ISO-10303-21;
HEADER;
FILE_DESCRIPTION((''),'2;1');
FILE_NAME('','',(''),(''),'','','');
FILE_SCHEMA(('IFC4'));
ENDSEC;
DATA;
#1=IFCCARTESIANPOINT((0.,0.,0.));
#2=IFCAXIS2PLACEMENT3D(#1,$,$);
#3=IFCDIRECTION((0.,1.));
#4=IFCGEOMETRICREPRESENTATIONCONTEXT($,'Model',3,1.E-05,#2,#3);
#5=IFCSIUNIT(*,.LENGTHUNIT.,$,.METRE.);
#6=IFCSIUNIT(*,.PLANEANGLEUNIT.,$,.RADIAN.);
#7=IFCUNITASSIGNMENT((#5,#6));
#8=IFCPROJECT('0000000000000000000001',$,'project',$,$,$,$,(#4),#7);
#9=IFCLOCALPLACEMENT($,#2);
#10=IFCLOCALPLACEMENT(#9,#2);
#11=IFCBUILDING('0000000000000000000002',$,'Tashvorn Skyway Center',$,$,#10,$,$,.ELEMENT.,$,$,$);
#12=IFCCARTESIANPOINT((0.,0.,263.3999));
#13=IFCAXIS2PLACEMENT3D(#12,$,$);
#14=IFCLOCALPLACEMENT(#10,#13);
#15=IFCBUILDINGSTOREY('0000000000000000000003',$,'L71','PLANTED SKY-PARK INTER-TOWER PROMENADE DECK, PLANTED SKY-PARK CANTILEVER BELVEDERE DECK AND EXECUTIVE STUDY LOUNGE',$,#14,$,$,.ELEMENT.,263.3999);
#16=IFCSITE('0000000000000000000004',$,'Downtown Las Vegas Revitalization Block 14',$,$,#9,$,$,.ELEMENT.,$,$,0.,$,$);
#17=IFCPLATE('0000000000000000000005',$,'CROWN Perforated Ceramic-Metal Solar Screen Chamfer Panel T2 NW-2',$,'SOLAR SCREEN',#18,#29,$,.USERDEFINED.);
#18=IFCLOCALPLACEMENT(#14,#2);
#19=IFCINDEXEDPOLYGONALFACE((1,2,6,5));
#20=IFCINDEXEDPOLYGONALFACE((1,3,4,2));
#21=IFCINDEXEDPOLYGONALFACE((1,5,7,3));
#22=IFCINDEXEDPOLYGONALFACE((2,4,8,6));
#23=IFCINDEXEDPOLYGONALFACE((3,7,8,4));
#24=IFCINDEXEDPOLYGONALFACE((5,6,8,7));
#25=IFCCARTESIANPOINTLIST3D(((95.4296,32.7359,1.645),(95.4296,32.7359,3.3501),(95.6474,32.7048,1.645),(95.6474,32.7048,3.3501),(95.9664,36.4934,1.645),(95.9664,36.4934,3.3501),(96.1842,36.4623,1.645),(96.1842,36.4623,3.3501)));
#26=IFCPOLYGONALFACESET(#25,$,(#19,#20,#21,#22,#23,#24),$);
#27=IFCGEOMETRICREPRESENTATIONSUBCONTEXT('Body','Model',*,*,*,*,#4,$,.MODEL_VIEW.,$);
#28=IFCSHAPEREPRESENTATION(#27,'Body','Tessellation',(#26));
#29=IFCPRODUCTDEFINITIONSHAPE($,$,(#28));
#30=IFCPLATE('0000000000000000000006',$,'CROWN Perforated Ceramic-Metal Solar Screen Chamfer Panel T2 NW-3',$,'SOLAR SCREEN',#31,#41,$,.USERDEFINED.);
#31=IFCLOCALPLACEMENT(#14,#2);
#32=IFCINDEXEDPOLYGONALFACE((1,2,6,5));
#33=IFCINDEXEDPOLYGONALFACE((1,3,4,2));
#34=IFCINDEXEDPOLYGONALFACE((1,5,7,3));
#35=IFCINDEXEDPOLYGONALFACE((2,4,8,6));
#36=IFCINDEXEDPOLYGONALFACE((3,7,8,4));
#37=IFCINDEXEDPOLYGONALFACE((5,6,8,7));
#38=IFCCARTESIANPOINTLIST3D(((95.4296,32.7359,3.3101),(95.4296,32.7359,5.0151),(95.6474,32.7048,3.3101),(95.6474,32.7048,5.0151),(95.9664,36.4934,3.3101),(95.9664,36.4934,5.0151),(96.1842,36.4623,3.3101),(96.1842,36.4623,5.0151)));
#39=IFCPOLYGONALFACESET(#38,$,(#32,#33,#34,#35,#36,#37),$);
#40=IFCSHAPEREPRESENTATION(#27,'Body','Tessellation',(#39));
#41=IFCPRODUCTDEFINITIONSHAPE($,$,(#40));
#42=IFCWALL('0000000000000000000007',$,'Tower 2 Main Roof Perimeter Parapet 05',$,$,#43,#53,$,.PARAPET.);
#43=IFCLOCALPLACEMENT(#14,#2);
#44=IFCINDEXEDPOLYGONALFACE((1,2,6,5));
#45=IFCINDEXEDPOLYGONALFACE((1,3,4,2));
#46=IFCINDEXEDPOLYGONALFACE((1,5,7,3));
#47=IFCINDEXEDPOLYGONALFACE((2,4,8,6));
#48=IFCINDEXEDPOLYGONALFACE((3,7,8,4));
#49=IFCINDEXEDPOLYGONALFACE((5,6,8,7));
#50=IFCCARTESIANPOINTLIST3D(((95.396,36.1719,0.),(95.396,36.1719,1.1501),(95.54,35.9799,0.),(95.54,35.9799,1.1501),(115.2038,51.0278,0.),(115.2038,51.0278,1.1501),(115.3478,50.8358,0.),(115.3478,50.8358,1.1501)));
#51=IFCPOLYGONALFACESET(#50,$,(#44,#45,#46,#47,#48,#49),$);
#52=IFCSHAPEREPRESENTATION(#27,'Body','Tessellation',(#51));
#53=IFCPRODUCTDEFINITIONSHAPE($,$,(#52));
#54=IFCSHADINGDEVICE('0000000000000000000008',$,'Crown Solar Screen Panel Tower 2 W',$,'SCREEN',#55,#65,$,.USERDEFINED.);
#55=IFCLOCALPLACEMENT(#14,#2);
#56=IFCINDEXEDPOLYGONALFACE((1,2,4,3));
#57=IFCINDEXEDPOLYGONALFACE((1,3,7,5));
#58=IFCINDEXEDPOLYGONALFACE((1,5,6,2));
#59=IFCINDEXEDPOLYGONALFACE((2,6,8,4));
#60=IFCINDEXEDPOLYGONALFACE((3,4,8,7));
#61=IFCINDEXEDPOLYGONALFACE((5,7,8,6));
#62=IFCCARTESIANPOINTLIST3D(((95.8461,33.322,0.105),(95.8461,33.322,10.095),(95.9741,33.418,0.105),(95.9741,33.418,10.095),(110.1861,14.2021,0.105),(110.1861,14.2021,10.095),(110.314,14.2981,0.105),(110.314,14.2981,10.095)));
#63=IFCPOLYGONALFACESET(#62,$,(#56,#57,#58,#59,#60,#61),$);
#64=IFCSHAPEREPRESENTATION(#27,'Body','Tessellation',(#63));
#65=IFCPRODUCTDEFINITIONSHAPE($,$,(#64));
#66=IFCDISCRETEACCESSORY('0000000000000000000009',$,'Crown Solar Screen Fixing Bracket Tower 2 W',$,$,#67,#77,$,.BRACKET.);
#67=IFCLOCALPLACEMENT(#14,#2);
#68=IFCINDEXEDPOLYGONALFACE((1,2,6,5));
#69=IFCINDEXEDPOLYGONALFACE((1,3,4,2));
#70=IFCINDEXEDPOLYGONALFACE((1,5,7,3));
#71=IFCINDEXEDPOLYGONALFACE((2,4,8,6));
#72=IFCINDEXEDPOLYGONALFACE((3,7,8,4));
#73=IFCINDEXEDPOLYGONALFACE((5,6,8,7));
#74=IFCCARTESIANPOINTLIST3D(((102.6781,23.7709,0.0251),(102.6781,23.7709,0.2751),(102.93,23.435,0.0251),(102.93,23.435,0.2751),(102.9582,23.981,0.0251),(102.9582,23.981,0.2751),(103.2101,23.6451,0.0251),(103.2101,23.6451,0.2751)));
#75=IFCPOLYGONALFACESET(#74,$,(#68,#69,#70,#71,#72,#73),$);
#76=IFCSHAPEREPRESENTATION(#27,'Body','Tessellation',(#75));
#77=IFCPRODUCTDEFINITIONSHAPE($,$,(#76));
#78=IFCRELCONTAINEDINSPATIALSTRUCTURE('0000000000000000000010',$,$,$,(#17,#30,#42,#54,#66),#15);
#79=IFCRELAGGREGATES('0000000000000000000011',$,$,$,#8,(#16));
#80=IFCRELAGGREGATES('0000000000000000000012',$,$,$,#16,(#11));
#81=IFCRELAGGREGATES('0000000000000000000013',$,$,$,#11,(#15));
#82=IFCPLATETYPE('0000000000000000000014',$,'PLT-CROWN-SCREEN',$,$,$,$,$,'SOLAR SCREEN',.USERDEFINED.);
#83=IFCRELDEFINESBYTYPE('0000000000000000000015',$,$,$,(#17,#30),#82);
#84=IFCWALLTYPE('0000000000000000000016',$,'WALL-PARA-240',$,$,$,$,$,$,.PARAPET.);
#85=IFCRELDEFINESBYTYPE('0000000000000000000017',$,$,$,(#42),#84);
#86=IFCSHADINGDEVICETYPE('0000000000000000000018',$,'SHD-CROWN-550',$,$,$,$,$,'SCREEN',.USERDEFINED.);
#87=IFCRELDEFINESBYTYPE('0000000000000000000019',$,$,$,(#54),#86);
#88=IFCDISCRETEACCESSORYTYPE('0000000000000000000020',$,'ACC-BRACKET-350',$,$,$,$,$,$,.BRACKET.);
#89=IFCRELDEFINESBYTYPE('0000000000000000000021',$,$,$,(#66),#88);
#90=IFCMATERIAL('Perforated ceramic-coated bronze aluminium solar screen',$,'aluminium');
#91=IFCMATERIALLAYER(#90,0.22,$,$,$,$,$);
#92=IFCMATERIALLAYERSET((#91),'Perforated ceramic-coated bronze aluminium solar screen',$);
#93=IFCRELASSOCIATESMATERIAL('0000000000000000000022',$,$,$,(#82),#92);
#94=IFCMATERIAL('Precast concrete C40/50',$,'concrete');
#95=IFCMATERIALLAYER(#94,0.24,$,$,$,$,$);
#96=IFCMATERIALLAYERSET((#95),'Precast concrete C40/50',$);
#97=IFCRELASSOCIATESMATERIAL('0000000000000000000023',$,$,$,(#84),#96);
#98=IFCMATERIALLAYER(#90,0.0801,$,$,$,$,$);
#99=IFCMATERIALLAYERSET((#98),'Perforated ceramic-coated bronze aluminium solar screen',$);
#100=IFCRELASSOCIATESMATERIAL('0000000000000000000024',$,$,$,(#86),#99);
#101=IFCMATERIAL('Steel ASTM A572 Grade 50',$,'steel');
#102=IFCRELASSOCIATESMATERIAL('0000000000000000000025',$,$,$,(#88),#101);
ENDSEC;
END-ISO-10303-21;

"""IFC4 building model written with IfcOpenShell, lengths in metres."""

from ifc_helpers import new_model, si_unit, direction, frame, frame_2d, origin, origin_2d, place, context, subcontext, project, spatial, rectangle, extrude, material, layer, layer_set, type_object, element, save


model = new_model("IFC4")

# Units and contexts
model_context = context("Model", 3, precision=1e-05, world=origin(), true_north=direction((0.0, 1.0)))
body_context = subcontext(model_context, "Body", "Model", "MODEL_VIEW")
ifc_project = project(units=[si_unit("LENGTHUNIT", "METRE"), si_unit("PLANEANGLEUNIT", "RADIAN")], contexts=[model_context])

# Site, building, storey
site_placement = place(None, origin())
site = spatial("IfcSite", under=ifc_project, at=site_placement, Name="Downtown Las Vegas Revitalization Block 14", CompositionType="ELEMENT", RefElevation=0.0)
building_placement = place(site_placement, origin())
building = spatial("IfcBuilding", under=site, at=building_placement, Name="Tashvorn Skyway Center", CompositionType="ELEMENT")
storey_placement = place(building_placement, frame((0.0, 0.0, 263.3999)))
storey = spatial("IfcBuildingStorey", under=building, at=storey_placement, Name="L71", Description="PLANTED SKY-PARK INTER-TOWER PROMENADE DECK, PLANTED SKY-PARK CANTILEVER BELVEDERE DECK AND EXECUTIVE STUDY LOUNGE", CompositionType="ELEMENT", Elevation=263.3999)

# Shared definitions
ifc_material_1 = material(Name="Steel ASTM A572 Grade 50", Category="steel")

# Plates
ifc_material_2 = material(Name="Perforated ceramic-coated bronze aluminium solar screen", Category="aluminium")
ifc_layer_1 = layer(ifc_material_2, 0.22)
ifc_layer_set_1 = layer_set([ifc_layer_1], Name="Perforated ceramic-coated bronze aluminium solar screen")
plate_type_1 = type_object("IfcPlateType", Name="PLT-CROWN-SCREEN", ElementType="SOLAR SCREEN", PredefinedType="USERDEFINED", material=ifc_layer_set_1)
for number, where, z_axis, x_axis, name in (
    (1, (95.8069, 34.5991, 1.645), (0.0, 0.0, 1.0), (-0.141421, -0.989949, 0.0), "CROWN Perforated Ceramic-Metal Solar Screen Chamfer Panel T2 NW-2"),
    (2, (95.8069, 34.5991, 3.3101), (0.0, 0.0, 1.0), (-0.141421, -0.989949, 0.0), "CROWN Perforated Ceramic-Metal Solar Screen Chamfer Panel T2 NW-3"),
):
    element("IfcPlate", number, at=place(storey_placement, frame(where, z_axis=z_axis, x_axis=x_axis)), inside=storey, type_object=plate_type_1, Name=name, ObjectType="SOLAR SCREEN", PredefinedType="USERDEFINED", context=body_context, shape_type="SweptSolid", body=[
        extrude(rectangle(XDim=3.7957, YDim=0.22, at=origin_2d()), origin(), (0.0, 0.0, 1.0), 1.7051),
    ])

# Wall
ifc_material_3 = material(Name="Precast concrete C40/50", Category="concrete")
ifc_layer_2 = layer(ifc_material_3, 0.24)
ifc_layer_set_2 = layer_set([ifc_layer_2], Name="Precast concrete C40/50")
wall_type = type_object("IfcWallType", Name="WALL-PARA-240", PredefinedType="PARAPET", material=ifc_layer_set_2)
wall_placement = place(storey_placement, frame((95.468, 36.0759, 0.0), z_axis=(0.0, 0.0, 1.0), x_axis=(0.799999, 0.600002, 0.0)))
element("IfcWall", 3, at=wall_placement, inside=storey, type_object=wall_type, Name="Tower 2 Main Roof Perimeter Parapet 05", PredefinedType="PARAPET", context=body_context, shape_type="SweptSolid", body=[
    extrude(rectangle(XDim=24.7598, YDim=0.24, at=frame_2d((12.3799, 0.0))), origin(), (0.0, 0.0, 1.0), 1.1501),
])

# Shading device
ifc_layer_3 = layer(ifc_material_2, 0.0801)
ifc_layer_set_3 = layer_set([ifc_layer_3], Name="Perforated ceramic-coated bronze aluminium solar screen")
shading_device_type = type_object("IfcShadingDeviceType", Name="SHD-CROWN-550", ElementType="SCREEN", PredefinedType="USERDEFINED", material=ifc_layer_set_3)
shading_device_placement = place(storey_placement, frame((103.0801, 23.8101, 0.105), z_axis=(0.0, 0.0, 1.0), x_axis=(0.6, -0.8, 0.0)))
element("IfcShadingDevice", 4, at=shading_device_placement, inside=storey, type_object=shading_device_type, Name="Crown Solar Screen Panel Tower 2 W", ObjectType="SCREEN", PredefinedType="USERDEFINED", context=body_context, shape_type="SweptSolid", body=[
    extrude(rectangle(XDim=23.8999, YDim=0.1599, at=origin_2d()), origin(), (0.0, 0.0, 1.0), 9.99),
])

# Discrete accessory
discrete_accessory_type = type_object("IfcDiscreteAccessoryType", Name="ACC-BRACKET-350", PredefinedType="BRACKET", material=ifc_material_1)
discrete_accessory_placement = place(storey_placement, frame((102.9441, 23.708, 0.0251), z_axis=(0.0, 0.0, 1.0), x_axis=(0.6, -0.8, 0.0)))
element("IfcDiscreteAccessory", 5, at=discrete_accessory_placement, inside=storey, type_object=discrete_accessory_type, Name="Crown Solar Screen Fixing Bracket Tower 2 W", PredefinedType="BRACKET", context=body_context, shape_type="SweptSolid", body=[
    extrude(rectangle(XDim=0.4199, YDim=0.3501, at=origin_2d()), origin(), (0.0, 0.0, 1.0), 0.25),
])

save(model, "model.ifc")
